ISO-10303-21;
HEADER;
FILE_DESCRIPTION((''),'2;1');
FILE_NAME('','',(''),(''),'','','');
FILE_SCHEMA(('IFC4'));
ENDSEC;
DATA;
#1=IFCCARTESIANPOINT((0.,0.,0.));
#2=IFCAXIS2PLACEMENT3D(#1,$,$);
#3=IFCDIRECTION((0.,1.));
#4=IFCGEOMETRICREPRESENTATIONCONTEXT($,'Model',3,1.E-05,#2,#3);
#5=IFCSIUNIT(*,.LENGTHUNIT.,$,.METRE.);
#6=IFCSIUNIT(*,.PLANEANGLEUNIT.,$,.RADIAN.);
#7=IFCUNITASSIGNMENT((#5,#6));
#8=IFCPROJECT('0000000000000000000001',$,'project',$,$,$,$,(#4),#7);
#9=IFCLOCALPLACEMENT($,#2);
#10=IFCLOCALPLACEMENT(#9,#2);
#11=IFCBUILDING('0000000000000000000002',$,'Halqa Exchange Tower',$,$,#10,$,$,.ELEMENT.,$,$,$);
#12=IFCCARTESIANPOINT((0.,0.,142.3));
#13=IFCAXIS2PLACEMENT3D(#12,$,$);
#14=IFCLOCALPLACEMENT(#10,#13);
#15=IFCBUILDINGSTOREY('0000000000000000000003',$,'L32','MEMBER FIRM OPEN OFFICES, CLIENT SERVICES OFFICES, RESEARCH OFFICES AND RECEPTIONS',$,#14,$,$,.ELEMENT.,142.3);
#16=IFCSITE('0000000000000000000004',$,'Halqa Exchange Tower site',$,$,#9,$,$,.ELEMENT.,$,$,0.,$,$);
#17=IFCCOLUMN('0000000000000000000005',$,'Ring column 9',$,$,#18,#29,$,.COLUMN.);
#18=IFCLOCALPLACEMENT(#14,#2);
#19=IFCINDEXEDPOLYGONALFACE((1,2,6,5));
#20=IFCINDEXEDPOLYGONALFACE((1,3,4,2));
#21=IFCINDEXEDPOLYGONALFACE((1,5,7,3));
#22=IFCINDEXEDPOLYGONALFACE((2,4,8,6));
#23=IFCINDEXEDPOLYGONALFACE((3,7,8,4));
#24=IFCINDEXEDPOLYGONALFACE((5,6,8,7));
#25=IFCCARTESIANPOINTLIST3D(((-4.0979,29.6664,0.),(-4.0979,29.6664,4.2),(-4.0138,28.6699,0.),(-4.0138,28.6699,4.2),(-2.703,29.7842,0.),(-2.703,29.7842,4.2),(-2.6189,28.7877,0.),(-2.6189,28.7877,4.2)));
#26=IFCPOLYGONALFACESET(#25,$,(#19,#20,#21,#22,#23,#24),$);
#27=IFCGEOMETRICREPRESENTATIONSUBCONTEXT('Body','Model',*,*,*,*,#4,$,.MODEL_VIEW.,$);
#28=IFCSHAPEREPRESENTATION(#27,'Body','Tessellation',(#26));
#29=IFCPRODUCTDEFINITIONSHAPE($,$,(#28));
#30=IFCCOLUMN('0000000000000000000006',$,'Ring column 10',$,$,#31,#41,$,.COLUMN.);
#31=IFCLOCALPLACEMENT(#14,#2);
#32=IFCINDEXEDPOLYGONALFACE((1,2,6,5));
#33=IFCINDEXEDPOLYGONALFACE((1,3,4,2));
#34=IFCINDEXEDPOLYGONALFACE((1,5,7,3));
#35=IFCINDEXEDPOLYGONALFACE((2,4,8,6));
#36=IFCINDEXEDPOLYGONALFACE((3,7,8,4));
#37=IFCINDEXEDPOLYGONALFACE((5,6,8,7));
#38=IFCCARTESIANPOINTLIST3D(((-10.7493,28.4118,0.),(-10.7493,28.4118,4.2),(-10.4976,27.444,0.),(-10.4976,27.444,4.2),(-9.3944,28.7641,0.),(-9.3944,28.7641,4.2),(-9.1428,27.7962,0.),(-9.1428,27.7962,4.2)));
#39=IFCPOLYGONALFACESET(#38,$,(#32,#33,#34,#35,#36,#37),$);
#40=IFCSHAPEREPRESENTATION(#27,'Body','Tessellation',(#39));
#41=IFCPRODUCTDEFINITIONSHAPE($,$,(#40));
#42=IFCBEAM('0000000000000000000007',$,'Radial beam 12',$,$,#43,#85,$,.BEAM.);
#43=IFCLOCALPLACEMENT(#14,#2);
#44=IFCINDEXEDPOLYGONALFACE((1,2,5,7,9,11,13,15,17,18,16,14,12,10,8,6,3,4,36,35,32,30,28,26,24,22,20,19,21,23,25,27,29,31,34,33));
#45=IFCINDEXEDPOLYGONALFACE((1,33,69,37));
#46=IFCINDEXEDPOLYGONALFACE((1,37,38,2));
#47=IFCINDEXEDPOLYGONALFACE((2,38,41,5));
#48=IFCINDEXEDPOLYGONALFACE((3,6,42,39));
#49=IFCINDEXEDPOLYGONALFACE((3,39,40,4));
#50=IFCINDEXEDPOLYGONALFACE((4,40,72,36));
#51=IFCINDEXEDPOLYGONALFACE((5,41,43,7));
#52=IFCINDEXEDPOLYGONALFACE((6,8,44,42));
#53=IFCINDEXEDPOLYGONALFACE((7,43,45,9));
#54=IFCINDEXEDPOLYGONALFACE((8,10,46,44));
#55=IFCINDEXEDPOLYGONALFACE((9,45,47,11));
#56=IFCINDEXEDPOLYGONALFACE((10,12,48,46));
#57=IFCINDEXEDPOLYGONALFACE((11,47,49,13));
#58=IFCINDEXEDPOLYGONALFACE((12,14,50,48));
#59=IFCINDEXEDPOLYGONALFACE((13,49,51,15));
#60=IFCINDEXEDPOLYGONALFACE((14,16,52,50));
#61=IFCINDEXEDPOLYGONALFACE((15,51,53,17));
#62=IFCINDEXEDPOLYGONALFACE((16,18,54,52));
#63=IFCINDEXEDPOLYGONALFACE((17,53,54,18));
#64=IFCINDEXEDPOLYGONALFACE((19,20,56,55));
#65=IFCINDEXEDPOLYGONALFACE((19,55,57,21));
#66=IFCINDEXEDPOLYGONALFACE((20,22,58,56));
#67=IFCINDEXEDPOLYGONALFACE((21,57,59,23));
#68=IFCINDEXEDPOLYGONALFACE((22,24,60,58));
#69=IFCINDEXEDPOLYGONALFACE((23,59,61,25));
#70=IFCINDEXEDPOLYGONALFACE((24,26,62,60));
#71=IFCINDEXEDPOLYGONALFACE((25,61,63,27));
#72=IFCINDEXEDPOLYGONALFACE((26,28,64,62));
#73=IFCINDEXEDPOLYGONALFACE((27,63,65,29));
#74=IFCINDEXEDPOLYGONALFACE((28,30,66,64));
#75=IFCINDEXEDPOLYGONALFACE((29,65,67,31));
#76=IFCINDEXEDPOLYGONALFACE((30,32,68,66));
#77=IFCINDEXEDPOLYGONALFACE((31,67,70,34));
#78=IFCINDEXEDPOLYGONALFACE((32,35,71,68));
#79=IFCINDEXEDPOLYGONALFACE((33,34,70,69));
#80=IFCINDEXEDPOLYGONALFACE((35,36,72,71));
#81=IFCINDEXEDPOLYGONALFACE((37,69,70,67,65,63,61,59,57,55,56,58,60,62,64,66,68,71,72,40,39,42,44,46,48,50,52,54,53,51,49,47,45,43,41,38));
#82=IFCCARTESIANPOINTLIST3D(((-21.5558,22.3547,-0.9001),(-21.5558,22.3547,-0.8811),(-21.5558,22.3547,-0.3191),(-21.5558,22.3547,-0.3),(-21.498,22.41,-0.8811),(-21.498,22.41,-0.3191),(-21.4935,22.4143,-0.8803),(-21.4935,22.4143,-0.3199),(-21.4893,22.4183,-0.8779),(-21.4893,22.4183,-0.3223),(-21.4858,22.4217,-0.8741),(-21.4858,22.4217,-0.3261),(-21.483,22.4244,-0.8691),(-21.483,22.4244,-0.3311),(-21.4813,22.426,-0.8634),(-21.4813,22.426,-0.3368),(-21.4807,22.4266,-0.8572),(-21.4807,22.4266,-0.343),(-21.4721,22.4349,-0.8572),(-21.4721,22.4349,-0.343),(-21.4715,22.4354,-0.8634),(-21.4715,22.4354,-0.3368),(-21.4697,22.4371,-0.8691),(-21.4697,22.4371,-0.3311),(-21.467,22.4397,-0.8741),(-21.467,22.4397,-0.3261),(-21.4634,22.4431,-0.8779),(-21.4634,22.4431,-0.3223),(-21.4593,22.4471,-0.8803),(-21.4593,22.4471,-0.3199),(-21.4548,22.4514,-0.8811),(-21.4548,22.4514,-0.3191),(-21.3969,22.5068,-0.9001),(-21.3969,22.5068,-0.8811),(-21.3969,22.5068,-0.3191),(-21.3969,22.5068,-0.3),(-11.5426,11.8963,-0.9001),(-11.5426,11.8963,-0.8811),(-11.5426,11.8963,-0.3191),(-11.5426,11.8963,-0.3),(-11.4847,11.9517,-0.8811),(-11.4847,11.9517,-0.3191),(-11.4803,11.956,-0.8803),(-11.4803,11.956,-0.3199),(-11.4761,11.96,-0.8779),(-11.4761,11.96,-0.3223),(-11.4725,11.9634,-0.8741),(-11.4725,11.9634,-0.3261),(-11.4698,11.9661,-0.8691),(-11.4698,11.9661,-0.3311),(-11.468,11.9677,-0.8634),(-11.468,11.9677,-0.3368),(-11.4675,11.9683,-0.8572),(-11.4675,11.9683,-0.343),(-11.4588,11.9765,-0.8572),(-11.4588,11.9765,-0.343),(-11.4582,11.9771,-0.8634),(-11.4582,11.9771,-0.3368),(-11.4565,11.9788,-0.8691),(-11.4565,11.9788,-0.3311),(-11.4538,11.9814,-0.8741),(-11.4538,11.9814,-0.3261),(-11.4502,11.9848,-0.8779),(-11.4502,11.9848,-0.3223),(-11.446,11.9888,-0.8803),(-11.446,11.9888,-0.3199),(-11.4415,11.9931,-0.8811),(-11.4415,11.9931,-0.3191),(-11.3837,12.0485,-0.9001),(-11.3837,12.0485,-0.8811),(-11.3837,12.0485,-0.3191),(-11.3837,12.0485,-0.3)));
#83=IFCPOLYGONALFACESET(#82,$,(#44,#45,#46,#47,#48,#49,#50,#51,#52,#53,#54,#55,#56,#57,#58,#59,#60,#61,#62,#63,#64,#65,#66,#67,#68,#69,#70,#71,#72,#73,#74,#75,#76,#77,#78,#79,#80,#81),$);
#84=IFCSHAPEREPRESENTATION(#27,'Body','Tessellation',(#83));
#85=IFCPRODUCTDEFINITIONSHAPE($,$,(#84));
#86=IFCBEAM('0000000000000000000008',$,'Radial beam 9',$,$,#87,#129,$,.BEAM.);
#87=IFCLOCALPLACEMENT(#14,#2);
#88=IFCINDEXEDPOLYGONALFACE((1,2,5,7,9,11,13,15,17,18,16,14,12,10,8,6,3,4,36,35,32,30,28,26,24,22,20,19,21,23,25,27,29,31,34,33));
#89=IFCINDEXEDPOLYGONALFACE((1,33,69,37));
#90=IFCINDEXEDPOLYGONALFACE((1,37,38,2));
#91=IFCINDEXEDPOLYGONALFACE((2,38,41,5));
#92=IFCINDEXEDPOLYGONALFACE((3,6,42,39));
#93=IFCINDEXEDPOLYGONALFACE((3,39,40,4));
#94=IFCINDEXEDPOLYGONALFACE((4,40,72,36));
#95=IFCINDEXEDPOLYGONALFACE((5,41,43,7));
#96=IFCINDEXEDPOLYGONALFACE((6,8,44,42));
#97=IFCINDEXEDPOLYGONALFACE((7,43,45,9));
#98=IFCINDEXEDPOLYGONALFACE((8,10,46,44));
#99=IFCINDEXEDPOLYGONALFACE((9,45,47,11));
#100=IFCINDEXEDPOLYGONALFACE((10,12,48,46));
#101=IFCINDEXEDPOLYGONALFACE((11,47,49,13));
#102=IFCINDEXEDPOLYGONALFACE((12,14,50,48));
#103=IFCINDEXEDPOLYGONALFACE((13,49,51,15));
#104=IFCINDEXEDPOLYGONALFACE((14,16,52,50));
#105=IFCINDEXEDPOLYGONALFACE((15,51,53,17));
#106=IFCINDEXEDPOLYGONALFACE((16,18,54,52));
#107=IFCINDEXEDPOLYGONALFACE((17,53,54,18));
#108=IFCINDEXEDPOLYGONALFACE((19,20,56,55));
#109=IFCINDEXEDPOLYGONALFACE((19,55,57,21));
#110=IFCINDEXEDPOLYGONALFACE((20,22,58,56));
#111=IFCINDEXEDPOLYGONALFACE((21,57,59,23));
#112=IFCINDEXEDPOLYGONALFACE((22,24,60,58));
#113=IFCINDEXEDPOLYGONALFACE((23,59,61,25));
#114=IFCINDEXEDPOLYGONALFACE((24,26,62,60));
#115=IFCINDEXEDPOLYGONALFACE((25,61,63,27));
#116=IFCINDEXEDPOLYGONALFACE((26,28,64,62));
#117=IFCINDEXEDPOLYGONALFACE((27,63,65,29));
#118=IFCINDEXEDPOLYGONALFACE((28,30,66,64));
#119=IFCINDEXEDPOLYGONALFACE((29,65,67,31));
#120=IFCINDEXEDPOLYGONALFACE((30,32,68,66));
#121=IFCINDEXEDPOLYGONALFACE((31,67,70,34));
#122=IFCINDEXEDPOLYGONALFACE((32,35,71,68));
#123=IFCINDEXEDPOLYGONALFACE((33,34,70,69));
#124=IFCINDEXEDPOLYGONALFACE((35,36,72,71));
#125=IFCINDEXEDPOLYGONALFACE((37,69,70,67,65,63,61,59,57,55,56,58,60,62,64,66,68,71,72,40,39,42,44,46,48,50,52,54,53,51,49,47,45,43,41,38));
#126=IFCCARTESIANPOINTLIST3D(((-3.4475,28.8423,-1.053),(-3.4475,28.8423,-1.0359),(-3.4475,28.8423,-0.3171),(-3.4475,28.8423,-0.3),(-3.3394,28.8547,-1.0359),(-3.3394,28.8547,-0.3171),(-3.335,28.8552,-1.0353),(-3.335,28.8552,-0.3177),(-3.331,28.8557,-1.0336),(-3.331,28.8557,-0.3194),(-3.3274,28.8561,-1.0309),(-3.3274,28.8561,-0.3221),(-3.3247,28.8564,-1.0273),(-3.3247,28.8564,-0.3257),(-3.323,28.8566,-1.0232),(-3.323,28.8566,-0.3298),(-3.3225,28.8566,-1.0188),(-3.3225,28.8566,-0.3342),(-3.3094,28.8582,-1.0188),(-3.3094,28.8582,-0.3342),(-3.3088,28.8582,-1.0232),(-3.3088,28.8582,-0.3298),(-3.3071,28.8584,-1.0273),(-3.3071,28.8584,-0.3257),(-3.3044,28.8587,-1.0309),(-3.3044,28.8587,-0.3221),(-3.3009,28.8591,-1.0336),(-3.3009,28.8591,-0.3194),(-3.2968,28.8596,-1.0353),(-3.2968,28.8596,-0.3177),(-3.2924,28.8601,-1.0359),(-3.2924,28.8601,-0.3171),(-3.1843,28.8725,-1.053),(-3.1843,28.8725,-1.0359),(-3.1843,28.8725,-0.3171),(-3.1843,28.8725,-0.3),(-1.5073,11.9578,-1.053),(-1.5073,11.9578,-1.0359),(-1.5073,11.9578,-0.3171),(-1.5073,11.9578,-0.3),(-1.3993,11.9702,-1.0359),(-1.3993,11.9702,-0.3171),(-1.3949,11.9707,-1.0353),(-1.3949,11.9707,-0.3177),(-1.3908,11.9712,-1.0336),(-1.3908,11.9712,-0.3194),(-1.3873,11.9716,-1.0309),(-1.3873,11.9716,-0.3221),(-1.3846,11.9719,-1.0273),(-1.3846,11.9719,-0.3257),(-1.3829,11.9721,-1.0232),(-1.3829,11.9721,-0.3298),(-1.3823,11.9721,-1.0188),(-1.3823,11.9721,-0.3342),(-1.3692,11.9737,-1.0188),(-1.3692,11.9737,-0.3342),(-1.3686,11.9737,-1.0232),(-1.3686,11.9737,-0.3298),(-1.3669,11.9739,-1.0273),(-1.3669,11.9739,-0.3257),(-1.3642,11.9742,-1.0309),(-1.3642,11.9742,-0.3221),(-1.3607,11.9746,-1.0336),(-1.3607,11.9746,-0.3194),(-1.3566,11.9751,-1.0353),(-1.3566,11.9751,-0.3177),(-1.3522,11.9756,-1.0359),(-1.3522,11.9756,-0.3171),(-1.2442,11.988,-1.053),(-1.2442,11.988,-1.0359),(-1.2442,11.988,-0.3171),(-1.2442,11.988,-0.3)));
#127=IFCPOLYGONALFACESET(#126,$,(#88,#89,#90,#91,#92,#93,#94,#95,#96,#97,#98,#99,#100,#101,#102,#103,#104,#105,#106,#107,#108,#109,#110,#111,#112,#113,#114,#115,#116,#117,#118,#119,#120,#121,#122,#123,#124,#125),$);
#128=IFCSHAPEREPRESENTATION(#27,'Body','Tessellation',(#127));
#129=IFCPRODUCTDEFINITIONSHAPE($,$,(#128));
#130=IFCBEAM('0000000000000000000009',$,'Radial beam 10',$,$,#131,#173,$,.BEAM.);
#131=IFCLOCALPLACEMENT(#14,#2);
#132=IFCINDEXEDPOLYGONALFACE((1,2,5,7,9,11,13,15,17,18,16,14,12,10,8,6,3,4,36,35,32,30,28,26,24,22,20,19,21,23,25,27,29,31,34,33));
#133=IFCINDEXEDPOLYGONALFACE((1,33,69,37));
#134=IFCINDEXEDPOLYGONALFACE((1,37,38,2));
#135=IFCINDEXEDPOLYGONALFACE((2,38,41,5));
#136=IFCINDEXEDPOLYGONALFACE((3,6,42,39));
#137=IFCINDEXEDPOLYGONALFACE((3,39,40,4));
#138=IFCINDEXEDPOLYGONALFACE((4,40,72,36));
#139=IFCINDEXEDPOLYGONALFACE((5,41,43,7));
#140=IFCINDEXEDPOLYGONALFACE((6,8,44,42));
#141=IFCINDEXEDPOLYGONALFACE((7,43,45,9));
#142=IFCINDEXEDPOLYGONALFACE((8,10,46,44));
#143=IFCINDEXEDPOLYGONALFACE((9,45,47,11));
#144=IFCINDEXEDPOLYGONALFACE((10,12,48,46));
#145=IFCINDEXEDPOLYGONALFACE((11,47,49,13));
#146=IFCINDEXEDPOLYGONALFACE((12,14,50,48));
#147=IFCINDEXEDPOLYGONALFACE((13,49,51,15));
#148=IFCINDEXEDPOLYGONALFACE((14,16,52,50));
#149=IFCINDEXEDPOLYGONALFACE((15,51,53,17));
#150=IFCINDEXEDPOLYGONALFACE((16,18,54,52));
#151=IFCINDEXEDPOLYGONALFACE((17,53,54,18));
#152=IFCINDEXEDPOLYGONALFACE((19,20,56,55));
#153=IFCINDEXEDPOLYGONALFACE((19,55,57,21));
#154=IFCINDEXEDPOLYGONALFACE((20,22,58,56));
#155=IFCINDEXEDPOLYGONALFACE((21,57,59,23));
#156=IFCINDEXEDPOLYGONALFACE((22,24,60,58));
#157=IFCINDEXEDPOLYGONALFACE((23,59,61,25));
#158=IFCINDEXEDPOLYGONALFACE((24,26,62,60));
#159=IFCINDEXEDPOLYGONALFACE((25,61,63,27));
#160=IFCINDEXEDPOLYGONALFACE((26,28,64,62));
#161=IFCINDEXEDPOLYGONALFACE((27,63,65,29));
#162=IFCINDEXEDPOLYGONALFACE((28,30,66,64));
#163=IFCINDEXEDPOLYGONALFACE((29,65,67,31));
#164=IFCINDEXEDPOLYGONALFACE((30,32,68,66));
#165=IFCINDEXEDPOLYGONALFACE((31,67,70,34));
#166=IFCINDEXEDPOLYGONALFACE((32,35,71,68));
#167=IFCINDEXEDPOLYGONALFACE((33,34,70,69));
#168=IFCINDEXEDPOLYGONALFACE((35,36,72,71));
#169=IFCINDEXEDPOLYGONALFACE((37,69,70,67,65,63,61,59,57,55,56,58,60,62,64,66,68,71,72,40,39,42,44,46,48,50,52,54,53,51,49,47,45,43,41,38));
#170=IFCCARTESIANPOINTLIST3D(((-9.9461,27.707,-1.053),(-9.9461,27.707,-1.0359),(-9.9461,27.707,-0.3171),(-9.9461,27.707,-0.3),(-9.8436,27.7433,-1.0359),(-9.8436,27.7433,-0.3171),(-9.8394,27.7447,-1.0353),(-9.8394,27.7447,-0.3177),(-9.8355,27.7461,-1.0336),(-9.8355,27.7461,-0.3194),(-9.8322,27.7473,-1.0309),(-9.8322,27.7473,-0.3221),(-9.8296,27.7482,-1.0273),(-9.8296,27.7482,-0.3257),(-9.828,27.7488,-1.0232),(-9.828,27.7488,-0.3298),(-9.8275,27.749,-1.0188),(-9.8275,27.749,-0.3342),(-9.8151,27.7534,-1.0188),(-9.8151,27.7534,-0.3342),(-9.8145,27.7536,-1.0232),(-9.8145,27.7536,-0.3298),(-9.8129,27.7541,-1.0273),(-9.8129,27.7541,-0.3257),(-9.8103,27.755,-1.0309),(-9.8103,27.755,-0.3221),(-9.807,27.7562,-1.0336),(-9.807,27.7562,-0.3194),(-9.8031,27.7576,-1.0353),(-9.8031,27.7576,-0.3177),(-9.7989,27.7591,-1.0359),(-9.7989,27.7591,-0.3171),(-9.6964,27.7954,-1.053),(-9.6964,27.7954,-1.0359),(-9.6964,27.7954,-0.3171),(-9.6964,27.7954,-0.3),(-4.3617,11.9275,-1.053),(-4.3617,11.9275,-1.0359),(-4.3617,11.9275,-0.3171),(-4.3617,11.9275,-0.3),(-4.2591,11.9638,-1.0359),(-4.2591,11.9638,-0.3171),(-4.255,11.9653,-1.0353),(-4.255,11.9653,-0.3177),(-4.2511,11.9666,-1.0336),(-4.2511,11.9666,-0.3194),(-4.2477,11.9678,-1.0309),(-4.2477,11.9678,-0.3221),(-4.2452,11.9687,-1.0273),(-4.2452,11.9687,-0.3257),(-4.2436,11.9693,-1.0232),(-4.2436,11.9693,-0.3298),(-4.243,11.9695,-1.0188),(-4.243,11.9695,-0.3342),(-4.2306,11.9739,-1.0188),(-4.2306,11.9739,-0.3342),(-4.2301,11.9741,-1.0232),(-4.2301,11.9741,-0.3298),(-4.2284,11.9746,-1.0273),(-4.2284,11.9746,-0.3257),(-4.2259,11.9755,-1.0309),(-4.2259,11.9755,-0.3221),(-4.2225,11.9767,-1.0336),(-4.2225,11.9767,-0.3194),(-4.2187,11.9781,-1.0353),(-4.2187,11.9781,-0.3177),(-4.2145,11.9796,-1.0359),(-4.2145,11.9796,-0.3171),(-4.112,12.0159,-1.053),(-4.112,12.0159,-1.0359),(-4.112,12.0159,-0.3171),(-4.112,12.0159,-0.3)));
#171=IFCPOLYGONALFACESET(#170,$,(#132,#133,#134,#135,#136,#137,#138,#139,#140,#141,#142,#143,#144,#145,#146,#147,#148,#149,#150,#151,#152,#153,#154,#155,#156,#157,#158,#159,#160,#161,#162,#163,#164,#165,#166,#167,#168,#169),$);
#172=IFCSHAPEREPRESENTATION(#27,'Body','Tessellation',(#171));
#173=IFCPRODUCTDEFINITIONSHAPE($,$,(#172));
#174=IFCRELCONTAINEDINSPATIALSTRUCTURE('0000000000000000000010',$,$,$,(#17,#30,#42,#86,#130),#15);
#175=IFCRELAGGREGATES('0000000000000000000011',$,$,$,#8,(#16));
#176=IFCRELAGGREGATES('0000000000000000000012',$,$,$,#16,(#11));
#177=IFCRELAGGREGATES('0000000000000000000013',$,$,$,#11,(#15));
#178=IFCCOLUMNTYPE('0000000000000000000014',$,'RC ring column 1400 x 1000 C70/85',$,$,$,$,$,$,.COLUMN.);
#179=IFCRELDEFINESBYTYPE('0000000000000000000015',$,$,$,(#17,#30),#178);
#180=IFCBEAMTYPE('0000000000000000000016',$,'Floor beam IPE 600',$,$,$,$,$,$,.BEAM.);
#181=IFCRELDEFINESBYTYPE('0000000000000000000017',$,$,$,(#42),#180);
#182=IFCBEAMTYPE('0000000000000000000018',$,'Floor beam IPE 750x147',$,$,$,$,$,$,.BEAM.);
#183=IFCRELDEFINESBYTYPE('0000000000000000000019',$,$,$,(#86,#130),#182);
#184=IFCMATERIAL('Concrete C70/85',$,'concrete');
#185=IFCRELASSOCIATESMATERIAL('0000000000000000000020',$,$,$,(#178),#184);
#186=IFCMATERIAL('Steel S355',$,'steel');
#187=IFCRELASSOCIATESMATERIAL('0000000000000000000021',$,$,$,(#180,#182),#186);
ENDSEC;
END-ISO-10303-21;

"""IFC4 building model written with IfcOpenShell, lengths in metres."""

from ifc_helpers import new_model, si_unit, direction, frame, origin, origin_2d, place, context, subcontext, project, spatial, rectangle, i_section, extrude, material, material_profile, profile_set, type_object, element, save


model = new_model("IFC4")

# Units and contexts
model_context = context("Model", 3, precision=1e-05, world=origin(), true_north=direction((0.0, 1.0)))
body_context = subcontext(model_context, "Body", "Model", "MODEL_VIEW")
ifc_project = project(units=[si_unit("LENGTHUNIT", "METRE"), si_unit("PLANEANGLEUNIT", "RADIAN")], contexts=[model_context])

# Site, building, storey
site_placement = place(None, origin())
site = spatial("IfcSite", under=ifc_project, at=site_placement, Name="Halqa Exchange Tower site", CompositionType="ELEMENT", RefElevation=0.0)
building_placement = place(site_placement, origin())
building = spatial("IfcBuilding", under=site, at=building_placement, Name="Halqa Exchange Tower", CompositionType="ELEMENT")
storey_placement = place(building_placement, frame((0.0, 0.0, 142.3)))
storey = spatial("IfcBuildingStorey", under=building, at=storey_placement, Name="L32", Description="MEMBER FIRM OPEN OFFICES, CLIENT SERVICES OFFICES, RESEARCH OFFICES AND RECEPTIONS", CompositionType="ELEMENT", Elevation=142.3)

# Columns
ifc_material_1 = material(Name="Concrete C70/85", Category="concrete")
ifc_material_profile_1 = material_profile(ifc_material_1, rectangle(XDim=1.3999, YDim=1.0, at=origin_2d()), Name="1400 x 1000")
ifc_profile_set_1 = profile_set([ifc_material_profile_1], Name="Concrete C70/85")
column_type = type_object("IfcColumnType", Name="RC ring column 1400 x 1000 C70/85", PredefinedType="COLUMN", material=ifc_profile_set_1)
for number, where, z_axis, x_axis, name in (
    (1, (-3.3584, 29.2271, 0.0), (0.0, 0.0, 1.0), (-0.996455, -0.084123, 0.0), "Ring column 9"),
    (2, (-9.946, 28.104, 0.0), (0.0, 0.0, 1.0), (-0.96782, -0.251645, 0.0), "Ring column 10"),
):
    element("IfcColumn", number, at=place(storey_placement, frame(where, z_axis=z_axis, x_axis=x_axis)), inside=storey, type_object=column_type, Name=name, PredefinedType="COLUMN", context=body_context, shape_type="SweptSolid", body=[
        extrude(rectangle(XDim=1.3999, YDim=1.0, at=origin_2d()), origin(), (0.0, 0.0, 1.0), 4.2),
    ])

# Beams
ifc_material_2 = material(Name="Steel S355", Category="steel")
ifc_material_profile_2 = material_profile(ifc_material_2, i_section(OverallWidth=0.22, OverallDepth=0.6001, WebThickness=0.012, FlangeThickness=0.019, FilletRadius=0.0239, at=origin_2d()), Name="IPE 600")
ifc_profile_set_2 = profile_set([ifc_material_profile_2], Name="Steel S355")
beam_type_1 = type_object("IfcBeamType", Name="Floor beam IPE 600", PredefinedType="BEAM", material=ifc_profile_set_2)
beam_1_placement = place(storey_placement, frame((-11.4631, 11.9724, -0.6001), z_axis=(-0.69157, 0.722309, 0.0), x_axis=(-0.722309, -0.69157, 0.0)))
element("IfcBeam", 3, at=beam_1_placement, inside=storey, type_object=beam_type_1, Name="Radial beam 12", PredefinedType="BEAM", context=body_context, shape_type="SweptSolid", body=[
    extrude(i_section(OverallWidth=0.22, OverallDepth=0.6001, WebThickness=0.012, FlangeThickness=0.019, FilletRadius=0.0239, at=origin_2d()), origin(), (0.0, 0.0, 1.0), 14.479),
])
ifc_material_profile_3 = material_profile(ifc_material_2, i_section(OverallWidth=0.2649, OverallDepth=0.7529, WebThickness=0.0132, FlangeThickness=0.0171, FilletRadius=0.0171, at=origin_2d()), Name="IPE 750x147")
ifc_profile_set_3 = profile_set([ifc_material_profile_3], Name="Steel S355")
beam_type_2 = type_object("IfcBeamType", Name="Floor beam IPE 750x147", PredefinedType="BEAM", material=ifc_profile_set_3)
beam_2_placement = place(storey_placement, frame((-1.3757, 11.9729, -0.6765), z_axis=(-0.114158, 0.993463, 0.0), x_axis=(-0.993463, -0.114158, 0.0)))
element("IfcBeam", 4, at=beam_2_placement, inside=storey, type_object=beam_type_2, Name="Radial beam 9", PredefinedType="BEAM", context=body_context, shape_type="SweptSolid", body=[
    extrude(i_section(OverallWidth=0.2649, OverallDepth=0.7529, WebThickness=0.0132, FlangeThickness=0.0171, FilletRadius=0.0171, at=origin_2d()), origin(), (0.0, 0.0, 1.0), 16.9956),
])
beam_3_placement = place(storey_placement, frame((-4.2368, 11.9717, -0.6765), z_axis=(-0.333629, 0.942705, 0.0), x_axis=(-0.942705, -0.333629, 0.0)))
element("IfcBeam", 5, at=beam_3_placement, inside=storey, type_object=beam_type_2, Name="Radial beam 10", PredefinedType="BEAM", context=body_context, shape_type="SweptSolid", body=[
    extrude(i_section(OverallWidth=0.2649, OverallDepth=0.7529, WebThickness=0.0132, FlangeThickness=0.0171, FilletRadius=0.0171, at=origin_2d()), origin(), (0.0, 0.0, 1.0), 16.7385),
])

save(model, "model.ifc")
